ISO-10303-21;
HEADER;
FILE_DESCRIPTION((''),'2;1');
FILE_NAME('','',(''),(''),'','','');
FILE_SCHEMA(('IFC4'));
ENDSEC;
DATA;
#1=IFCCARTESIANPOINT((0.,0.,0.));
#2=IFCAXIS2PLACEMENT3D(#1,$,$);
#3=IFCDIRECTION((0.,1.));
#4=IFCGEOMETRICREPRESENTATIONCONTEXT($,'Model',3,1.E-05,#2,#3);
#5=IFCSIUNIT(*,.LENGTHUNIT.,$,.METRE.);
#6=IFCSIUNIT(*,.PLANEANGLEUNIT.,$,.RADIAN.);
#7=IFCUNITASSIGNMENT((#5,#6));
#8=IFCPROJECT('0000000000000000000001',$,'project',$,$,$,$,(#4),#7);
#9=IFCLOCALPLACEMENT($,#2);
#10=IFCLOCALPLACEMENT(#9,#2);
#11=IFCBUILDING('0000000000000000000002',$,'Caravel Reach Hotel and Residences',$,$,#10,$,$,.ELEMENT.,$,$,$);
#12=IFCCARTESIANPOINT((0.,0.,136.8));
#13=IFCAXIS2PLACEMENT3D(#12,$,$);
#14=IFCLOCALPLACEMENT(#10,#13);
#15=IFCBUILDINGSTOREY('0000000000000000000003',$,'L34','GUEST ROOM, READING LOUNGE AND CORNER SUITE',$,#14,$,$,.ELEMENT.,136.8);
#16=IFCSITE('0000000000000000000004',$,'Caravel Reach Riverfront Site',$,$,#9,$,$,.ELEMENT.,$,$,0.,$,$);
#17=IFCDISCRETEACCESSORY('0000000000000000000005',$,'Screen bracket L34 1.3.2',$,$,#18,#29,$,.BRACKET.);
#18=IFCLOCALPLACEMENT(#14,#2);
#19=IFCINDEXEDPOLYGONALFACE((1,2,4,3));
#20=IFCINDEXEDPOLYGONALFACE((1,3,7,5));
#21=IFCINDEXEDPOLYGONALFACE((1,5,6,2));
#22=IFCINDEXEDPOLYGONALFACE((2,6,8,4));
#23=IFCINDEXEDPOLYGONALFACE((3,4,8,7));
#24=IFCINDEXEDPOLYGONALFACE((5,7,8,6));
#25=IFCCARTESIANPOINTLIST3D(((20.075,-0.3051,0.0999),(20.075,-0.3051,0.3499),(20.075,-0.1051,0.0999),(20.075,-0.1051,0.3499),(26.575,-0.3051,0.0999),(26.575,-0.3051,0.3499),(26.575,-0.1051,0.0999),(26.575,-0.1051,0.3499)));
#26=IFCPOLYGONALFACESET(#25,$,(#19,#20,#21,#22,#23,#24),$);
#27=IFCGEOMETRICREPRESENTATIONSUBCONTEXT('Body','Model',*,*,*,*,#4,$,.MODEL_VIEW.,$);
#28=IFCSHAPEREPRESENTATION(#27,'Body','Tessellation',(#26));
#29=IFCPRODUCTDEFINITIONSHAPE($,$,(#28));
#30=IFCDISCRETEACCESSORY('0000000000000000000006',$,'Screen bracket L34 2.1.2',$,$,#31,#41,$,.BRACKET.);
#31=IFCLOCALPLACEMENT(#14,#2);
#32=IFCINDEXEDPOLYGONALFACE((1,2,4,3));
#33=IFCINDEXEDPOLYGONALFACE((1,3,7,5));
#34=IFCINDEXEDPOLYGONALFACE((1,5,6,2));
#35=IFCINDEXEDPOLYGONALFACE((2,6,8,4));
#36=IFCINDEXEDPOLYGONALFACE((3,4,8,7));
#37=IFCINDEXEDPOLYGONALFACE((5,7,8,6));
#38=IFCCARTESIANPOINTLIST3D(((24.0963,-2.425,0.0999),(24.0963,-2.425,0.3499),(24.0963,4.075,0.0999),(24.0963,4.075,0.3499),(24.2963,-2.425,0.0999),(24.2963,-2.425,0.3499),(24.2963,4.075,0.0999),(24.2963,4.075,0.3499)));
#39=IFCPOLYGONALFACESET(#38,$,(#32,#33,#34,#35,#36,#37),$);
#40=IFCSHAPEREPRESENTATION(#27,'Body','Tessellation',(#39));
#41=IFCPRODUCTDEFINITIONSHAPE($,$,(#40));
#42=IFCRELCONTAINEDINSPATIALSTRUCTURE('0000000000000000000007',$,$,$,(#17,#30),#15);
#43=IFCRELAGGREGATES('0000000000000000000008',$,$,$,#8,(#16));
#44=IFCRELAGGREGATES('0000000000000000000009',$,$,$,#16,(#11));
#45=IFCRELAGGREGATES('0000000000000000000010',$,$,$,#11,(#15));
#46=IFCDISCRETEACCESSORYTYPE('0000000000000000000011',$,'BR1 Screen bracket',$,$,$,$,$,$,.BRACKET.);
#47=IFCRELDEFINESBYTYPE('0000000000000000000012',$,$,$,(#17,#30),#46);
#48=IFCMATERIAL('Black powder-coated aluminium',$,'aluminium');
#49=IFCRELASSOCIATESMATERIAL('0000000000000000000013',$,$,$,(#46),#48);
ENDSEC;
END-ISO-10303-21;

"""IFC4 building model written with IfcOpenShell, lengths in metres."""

from ifc_helpers import new_model, si_unit, direction, frame, origin, origin_2d, place, context, subcontext, project, spatial, rectangle, extrude, material, type_object, element, save


model = new_model("IFC4")

# Units and contexts
model_context = context("Model", 3, precision=1e-05, world=origin(), true_north=direction((0.0, 1.0)))
body_context = subcontext(model_context, "Body", "Model", "MODEL_VIEW")
ifc_project = project(units=[si_unit("LENGTHUNIT", "METRE"), si_unit("PLANEANGLEUNIT", "RADIAN")], contexts=[model_context])

# Site, building, storey
site_placement = place(None, origin())
site = spatial("IfcSite", under=ifc_project, at=site_placement, Name="Caravel Reach Riverfront Site", CompositionType="ELEMENT", RefElevation=0.0)
building_placement = place(site_placement, origin())
building = spatial("IfcBuilding", under=site, at=building_placement, Name="Caravel Reach Hotel and Residences", CompositionType="ELEMENT")
storey_placement = place(building_placement, frame((0.0, 0.0, 136.8)))
storey = spatial("IfcBuildingStorey", under=building, at=storey_placement, Name="L34", Description="GUEST ROOM, READING LOUNGE AND CORNER SUITE", CompositionType="ELEMENT", Elevation=136.8)

# Discrete accessories
ifc_material_1 = material(Name="Black powder-coated aluminium", Category="aluminium")
discrete_accessory_type = type_object("IfcDiscreteAccessoryType", Name="BR1 Screen bracket", PredefinedType="BRACKET", material=ifc_material_1)
for number, where, z_axis, x_axis, name in (
    (1, (23.325, -0.2051, 0.0999), (0.0, 0.0, 1.0), (-1.0, 0.0, 0.0), "Screen bracket L34 1.3.2"),
    (2, (24.1963, 0.825, 0.0999), (0.0, 0.0, 1.0), (0.0, -1.0, 0.0), "Screen bracket L34 2.1.2"),
):
    element("IfcDiscreteAccessory", number, at=place(storey_placement, frame(where, z_axis=z_axis, x_axis=x_axis)), inside=storey, type_object=discrete_accessory_type, Name=name, PredefinedType="BRACKET", context=body_context, shape_type="SweptSolid", body=[
        extrude(rectangle(XDim=6.5, YDim=0.2, at=origin_2d()), origin(), (0.0, 0.0, 1.0), 0.25),
    ])

save(model, "model.ifc")
